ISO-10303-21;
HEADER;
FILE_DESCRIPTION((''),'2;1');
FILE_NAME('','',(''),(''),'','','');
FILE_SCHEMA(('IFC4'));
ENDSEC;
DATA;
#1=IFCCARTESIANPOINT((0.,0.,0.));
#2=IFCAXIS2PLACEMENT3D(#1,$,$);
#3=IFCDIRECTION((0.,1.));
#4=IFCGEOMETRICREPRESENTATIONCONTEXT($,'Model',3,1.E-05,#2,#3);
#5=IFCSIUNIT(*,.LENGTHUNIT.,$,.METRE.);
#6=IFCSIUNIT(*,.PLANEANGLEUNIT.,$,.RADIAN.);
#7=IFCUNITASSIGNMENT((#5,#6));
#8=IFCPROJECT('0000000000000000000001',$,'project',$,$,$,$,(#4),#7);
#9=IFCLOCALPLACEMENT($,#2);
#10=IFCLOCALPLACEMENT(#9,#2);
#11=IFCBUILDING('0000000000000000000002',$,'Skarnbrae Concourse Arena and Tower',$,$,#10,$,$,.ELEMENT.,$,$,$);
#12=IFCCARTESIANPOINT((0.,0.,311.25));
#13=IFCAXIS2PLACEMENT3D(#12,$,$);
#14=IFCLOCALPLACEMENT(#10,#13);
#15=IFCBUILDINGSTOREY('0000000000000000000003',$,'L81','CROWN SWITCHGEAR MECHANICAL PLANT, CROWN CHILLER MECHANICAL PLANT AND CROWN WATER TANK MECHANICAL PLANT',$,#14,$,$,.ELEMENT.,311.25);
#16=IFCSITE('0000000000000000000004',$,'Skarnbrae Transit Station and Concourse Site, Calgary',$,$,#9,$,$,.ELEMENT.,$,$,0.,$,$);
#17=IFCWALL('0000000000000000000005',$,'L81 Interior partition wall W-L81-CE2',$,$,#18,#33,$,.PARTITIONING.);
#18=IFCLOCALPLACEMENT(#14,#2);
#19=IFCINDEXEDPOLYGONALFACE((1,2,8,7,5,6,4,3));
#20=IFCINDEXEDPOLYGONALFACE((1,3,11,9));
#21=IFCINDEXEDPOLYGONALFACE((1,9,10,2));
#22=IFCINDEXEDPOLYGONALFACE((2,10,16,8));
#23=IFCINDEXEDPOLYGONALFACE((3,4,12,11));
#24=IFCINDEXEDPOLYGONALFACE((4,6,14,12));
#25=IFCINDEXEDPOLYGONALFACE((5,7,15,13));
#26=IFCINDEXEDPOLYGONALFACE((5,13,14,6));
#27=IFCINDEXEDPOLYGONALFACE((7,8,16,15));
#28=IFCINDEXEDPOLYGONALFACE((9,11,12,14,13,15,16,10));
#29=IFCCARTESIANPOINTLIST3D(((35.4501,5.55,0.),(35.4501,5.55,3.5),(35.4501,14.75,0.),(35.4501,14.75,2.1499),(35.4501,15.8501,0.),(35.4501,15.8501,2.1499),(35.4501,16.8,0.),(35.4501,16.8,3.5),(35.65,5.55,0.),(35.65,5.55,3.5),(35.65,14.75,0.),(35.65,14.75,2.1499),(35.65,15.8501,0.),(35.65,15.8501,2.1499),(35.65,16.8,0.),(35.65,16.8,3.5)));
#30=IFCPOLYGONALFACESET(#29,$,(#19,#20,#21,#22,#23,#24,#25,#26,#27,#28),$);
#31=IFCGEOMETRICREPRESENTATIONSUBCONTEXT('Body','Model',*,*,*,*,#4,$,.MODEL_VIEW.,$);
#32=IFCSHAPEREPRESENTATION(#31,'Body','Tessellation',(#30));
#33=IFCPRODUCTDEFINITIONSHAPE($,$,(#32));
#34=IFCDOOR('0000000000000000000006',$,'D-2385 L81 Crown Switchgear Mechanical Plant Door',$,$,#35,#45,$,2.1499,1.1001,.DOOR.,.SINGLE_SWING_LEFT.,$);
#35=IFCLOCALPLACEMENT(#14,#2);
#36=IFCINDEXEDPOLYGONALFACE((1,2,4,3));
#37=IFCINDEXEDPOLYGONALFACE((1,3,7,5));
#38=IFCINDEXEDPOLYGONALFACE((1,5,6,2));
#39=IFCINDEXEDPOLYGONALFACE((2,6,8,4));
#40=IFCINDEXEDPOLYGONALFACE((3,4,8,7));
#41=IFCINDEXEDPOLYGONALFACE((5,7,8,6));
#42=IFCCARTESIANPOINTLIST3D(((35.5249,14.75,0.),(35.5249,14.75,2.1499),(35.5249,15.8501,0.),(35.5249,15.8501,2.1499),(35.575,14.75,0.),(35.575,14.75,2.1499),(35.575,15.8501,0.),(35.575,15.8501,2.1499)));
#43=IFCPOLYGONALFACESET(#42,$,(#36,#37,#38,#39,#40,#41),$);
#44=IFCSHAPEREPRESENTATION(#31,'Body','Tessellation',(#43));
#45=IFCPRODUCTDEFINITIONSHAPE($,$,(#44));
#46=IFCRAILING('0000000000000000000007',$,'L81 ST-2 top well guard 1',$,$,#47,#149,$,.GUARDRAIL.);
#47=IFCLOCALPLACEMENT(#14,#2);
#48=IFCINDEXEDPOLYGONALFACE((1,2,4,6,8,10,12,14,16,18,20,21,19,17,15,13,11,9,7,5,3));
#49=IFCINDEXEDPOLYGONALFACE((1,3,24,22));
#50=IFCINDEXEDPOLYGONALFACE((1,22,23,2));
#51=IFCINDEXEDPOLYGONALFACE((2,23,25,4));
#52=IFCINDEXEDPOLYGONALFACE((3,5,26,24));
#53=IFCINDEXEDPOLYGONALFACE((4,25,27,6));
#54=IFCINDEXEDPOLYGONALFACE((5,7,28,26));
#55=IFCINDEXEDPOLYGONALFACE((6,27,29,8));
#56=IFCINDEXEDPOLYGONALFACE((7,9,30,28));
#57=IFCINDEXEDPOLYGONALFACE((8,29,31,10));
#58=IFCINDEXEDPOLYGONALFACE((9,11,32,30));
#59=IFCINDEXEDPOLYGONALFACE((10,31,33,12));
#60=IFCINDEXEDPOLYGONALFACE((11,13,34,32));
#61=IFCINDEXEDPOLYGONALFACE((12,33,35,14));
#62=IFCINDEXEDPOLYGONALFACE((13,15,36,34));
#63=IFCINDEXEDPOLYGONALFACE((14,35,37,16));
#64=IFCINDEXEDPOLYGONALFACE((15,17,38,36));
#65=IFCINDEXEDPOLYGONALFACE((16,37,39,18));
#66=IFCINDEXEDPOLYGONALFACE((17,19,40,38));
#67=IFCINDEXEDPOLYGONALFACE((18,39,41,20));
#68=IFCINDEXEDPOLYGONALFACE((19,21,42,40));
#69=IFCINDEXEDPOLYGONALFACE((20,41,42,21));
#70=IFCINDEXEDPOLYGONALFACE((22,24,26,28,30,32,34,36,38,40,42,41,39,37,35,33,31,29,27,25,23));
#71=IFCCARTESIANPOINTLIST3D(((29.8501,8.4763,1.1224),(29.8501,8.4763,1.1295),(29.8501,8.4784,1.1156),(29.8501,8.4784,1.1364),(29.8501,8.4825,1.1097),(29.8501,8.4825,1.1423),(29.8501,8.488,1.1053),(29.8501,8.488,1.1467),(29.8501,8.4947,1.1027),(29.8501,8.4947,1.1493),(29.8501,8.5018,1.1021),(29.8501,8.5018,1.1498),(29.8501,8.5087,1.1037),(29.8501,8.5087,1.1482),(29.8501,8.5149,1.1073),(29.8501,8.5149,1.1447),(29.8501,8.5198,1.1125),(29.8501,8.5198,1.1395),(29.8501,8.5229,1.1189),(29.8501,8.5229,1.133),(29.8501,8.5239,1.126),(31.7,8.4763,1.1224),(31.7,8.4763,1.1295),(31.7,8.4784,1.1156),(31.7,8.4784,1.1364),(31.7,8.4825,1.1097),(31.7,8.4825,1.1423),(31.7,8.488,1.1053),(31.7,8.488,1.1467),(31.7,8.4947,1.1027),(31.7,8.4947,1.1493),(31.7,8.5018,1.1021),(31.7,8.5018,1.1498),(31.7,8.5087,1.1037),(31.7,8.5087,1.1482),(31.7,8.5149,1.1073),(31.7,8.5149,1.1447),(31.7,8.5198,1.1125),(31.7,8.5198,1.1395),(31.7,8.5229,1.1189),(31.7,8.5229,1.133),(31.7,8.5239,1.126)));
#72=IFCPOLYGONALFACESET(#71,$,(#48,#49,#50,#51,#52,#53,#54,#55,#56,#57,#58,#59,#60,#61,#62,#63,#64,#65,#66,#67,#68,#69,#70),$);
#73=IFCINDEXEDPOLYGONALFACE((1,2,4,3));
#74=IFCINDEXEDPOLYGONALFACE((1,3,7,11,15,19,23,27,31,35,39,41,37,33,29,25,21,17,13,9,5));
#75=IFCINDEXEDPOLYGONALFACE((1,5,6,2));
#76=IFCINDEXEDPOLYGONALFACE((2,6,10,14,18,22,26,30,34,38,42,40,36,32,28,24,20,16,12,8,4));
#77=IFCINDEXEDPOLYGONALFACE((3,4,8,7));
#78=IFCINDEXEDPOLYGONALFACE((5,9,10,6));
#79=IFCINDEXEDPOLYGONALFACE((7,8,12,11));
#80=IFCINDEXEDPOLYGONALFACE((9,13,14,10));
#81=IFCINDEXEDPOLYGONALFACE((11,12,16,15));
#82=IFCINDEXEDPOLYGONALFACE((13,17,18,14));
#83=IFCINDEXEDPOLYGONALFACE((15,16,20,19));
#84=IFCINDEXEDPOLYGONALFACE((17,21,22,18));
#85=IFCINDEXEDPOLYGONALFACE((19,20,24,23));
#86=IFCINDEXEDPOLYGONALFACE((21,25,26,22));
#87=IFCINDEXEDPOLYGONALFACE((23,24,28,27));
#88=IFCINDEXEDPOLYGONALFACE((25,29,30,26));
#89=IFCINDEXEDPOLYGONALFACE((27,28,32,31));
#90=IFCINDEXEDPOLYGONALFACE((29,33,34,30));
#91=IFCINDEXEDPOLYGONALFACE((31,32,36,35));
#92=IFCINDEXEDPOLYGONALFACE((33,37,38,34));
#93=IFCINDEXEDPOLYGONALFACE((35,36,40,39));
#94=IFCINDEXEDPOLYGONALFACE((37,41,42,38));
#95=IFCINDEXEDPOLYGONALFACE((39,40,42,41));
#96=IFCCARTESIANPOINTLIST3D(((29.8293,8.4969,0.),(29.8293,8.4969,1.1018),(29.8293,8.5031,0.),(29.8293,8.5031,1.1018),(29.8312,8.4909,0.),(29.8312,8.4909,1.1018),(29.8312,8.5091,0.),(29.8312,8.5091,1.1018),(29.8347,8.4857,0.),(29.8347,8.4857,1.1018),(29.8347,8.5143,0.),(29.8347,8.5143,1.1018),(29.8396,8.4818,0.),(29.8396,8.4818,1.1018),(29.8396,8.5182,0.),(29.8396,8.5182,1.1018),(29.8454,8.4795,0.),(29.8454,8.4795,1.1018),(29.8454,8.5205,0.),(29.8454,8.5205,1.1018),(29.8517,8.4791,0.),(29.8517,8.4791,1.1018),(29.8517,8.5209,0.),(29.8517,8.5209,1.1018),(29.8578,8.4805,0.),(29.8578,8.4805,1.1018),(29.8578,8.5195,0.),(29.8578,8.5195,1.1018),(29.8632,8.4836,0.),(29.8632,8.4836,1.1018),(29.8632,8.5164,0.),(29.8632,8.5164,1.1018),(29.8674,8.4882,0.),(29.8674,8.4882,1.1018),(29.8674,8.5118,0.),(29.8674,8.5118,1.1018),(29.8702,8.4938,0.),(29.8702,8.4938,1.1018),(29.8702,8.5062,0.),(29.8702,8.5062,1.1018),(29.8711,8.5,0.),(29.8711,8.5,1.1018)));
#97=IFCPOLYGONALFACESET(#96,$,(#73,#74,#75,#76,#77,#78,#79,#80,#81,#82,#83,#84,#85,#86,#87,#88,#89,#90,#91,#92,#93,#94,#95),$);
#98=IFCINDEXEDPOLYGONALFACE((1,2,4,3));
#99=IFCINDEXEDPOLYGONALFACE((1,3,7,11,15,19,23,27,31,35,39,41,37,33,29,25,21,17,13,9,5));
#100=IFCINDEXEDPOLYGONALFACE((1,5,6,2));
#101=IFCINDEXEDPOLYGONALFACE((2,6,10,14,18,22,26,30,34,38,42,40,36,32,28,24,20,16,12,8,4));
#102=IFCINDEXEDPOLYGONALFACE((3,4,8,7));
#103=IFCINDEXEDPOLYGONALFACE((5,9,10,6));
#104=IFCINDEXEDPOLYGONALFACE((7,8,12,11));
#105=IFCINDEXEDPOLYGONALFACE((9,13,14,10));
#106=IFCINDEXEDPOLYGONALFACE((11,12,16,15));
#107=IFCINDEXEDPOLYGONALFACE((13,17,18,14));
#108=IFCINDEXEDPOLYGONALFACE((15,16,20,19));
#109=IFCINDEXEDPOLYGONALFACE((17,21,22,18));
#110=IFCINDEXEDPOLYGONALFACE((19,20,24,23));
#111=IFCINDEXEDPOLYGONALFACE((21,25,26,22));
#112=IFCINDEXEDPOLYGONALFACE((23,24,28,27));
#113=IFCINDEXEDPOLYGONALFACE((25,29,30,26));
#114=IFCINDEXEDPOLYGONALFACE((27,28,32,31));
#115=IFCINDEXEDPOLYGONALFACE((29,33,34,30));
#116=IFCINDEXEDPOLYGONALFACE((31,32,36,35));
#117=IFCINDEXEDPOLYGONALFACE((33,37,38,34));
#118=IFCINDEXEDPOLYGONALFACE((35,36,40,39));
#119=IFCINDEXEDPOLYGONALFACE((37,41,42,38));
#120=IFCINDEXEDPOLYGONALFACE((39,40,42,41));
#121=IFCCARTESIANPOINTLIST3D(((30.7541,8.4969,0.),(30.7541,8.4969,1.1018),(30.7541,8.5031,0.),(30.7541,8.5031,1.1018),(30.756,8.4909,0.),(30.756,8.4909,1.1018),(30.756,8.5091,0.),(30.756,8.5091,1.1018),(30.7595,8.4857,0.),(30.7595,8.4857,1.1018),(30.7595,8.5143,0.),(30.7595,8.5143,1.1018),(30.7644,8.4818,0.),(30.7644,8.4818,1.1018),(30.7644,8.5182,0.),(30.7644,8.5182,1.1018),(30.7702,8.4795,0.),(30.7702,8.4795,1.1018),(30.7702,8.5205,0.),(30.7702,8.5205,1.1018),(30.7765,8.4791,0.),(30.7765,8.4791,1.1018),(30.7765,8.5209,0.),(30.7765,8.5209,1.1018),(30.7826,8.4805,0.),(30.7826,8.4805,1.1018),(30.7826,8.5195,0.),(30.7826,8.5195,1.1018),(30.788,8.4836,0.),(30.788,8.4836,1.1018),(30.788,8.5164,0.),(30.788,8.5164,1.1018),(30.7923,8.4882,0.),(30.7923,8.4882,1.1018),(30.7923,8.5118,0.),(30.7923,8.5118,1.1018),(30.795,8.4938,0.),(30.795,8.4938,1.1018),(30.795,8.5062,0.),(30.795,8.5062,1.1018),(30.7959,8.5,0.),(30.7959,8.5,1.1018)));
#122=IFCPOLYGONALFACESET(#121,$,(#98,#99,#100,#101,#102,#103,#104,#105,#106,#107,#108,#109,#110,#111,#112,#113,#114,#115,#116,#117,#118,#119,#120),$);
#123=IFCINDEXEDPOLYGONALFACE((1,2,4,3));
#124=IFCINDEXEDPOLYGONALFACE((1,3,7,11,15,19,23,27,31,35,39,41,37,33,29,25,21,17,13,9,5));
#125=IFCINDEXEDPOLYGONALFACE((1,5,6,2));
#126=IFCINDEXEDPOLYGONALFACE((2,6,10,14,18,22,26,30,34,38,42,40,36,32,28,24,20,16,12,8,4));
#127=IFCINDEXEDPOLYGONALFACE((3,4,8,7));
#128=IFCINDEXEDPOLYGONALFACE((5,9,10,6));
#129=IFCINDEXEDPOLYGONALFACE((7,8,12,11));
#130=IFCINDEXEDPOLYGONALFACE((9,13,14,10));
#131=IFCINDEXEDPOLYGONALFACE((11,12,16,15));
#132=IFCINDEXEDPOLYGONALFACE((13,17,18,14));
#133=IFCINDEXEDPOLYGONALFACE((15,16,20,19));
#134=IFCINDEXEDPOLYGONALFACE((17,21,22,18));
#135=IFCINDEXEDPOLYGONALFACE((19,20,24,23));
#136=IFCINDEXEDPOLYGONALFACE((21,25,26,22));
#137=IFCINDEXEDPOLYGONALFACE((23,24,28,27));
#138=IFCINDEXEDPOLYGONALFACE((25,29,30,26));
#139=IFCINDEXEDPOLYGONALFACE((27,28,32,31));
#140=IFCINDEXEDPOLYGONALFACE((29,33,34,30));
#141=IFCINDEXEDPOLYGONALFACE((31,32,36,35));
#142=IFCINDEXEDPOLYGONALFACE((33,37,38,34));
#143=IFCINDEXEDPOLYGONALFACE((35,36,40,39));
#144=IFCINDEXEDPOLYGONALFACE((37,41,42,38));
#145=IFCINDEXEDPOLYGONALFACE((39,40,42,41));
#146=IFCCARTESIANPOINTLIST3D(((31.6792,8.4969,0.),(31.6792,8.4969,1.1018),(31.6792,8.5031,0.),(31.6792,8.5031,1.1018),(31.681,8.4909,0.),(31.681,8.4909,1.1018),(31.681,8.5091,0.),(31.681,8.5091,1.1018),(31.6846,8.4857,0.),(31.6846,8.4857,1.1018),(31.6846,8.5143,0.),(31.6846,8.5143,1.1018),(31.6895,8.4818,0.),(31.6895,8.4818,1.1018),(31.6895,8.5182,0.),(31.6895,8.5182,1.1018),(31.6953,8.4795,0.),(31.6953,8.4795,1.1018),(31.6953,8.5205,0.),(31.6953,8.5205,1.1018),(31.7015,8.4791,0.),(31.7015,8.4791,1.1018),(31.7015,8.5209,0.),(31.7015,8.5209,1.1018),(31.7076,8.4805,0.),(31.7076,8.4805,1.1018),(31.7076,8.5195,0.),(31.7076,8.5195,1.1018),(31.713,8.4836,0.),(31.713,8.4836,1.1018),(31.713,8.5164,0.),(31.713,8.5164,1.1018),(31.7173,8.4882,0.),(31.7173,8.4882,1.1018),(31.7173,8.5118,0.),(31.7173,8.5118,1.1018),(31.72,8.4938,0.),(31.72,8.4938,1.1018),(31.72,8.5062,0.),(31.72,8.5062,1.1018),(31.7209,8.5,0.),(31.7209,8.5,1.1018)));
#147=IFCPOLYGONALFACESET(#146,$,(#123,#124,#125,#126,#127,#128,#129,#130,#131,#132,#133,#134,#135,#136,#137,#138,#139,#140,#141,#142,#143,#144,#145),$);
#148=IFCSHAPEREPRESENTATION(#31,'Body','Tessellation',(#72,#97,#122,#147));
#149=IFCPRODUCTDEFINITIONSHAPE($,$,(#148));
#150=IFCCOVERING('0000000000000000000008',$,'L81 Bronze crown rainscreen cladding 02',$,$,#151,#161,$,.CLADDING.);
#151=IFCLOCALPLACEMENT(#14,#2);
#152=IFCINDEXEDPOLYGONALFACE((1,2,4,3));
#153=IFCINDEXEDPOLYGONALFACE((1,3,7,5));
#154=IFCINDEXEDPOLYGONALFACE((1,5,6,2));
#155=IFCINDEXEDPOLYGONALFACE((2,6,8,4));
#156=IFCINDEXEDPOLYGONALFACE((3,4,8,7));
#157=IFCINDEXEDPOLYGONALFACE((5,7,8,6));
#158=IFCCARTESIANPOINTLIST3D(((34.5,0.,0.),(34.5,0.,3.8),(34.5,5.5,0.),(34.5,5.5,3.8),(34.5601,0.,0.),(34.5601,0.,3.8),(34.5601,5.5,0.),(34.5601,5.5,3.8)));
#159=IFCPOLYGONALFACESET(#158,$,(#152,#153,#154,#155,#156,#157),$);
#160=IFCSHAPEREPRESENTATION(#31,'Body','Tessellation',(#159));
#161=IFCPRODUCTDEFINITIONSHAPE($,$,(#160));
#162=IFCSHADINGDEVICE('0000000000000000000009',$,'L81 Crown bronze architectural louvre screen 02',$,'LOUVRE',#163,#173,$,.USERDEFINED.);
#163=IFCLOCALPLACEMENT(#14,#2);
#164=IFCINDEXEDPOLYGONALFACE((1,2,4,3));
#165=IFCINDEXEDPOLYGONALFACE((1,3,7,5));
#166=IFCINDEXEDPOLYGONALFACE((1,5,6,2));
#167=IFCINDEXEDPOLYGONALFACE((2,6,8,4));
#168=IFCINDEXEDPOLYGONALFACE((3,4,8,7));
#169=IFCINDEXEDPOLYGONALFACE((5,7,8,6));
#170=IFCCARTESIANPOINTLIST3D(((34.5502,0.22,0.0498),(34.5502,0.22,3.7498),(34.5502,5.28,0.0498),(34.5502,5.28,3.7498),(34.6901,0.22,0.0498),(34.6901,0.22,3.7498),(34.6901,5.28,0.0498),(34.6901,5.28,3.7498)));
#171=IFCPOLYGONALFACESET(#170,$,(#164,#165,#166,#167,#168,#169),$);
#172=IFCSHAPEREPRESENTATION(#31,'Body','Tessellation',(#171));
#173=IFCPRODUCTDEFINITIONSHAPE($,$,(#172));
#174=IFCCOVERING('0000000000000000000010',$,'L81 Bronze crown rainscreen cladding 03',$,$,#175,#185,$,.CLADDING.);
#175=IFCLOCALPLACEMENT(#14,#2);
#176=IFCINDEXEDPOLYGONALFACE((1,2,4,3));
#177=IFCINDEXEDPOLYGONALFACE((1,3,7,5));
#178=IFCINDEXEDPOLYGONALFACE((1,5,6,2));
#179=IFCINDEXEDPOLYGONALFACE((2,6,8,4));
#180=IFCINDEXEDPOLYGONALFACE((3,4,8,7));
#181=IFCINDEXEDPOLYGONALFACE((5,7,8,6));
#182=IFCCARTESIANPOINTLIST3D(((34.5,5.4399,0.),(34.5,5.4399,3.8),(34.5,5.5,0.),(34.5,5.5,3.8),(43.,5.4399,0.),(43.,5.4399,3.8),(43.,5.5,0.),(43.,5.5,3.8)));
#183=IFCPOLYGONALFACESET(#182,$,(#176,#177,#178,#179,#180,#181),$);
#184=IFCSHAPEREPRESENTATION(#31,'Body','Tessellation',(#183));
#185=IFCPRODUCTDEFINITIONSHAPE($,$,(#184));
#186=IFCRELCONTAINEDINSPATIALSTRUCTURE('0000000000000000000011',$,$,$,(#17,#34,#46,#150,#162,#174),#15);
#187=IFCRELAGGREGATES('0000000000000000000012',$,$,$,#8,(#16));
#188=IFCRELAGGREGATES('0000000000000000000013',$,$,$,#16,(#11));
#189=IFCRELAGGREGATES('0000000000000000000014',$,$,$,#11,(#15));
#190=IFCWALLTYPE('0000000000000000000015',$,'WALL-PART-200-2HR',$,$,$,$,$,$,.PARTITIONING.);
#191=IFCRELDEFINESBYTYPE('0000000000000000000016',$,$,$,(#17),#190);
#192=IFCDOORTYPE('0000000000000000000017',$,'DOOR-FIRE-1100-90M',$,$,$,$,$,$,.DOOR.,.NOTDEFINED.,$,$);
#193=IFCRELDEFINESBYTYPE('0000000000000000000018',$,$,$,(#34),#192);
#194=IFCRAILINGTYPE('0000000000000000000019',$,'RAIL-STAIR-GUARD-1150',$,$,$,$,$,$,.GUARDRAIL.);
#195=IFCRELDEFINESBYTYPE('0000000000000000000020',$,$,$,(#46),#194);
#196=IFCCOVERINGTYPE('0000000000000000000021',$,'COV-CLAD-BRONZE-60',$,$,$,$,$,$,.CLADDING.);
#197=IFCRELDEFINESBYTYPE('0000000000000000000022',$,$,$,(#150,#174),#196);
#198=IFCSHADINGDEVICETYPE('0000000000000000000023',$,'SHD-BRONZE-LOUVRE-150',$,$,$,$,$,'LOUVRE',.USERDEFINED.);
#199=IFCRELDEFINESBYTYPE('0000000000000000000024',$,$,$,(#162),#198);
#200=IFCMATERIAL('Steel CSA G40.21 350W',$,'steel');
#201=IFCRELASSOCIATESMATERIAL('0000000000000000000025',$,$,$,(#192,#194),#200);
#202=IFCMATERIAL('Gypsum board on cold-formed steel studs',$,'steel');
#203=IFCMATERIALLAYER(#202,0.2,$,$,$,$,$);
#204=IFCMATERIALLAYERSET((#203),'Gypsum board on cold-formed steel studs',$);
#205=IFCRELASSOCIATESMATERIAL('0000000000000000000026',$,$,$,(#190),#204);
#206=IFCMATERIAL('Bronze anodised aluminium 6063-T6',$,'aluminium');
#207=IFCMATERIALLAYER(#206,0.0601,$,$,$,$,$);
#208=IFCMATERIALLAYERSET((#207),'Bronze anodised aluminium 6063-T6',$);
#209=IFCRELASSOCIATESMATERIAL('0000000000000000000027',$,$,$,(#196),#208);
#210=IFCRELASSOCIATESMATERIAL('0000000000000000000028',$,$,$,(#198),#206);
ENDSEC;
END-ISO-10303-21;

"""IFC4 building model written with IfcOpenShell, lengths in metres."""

from ifc_helpers import new_model, si_unit, direction, frame, frame_2d, origin, origin_2d, place, context, subcontext, project, spatial, rectangle, circle, extrude, source, transform, mapped, material, layer, layer_set, type_object, element, fill, save


model = new_model("IFC4")

# Units and contexts
model_context = context("Model", 3, precision=1e-05, world=origin(), true_north=direction((0.0, 1.0)))
body_context = subcontext(model_context, "Body", "Model", "MODEL_VIEW")
ifc_project = project(units=[si_unit("LENGTHUNIT", "METRE"), si_unit("PLANEANGLEUNIT", "RADIAN")], contexts=[model_context])

# Site, building, storey
site_placement = place(None, origin())
site = spatial("IfcSite", under=ifc_project, at=site_placement, Name="Skarnbrae Transit Station and Concourse Site, Calgary", CompositionType="ELEMENT", RefElevation=0.0)
building_placement = place(site_placement, origin())
building = spatial("IfcBuilding", under=site, at=building_placement, Name="Skarnbrae Concourse Arena and Tower", CompositionType="ELEMENT")
storey_placement = place(building_placement, frame((0.0, 0.0, 311.25)))
storey = spatial("IfcBuildingStorey", under=building, at=storey_placement, Name="L81", Description="CROWN SWITCHGEAR MECHANICAL PLANT, CROWN CHILLER MECHANICAL PLANT AND CROWN WATER TANK MECHANICAL PLANT", CompositionType="ELEMENT", Elevation=311.25)

# Shared definitions
ifc_material_1 = material(Name="Steel CSA G40.21 350W", Category="steel")

# Shared definitions
door_type = type_object("IfcDoorType", Name="DOOR-FIRE-1100-90M", OperationType="NOTDEFINED", PredefinedType="DOOR", material=ifc_material_1)
shared_shape_1 = source(origin(), body_context, "Body", "SweptSolid", [
    extrude(rectangle(XDim=1.1001, YDim=2.1499, at=frame_2d((0.55, 1.075))), frame((0.0, 0.0249, 0.0), z_axis=(0.0, -1.0, 0.0), x_axis=(1.0, 0.0, 0.0)), (0.0, 0.0, 1.0), 0.05),
])

# Shared definitions
ifc_material_2 = material(Name="Gypsum board on cold-formed steel studs", Category="steel")
ifc_layer_1 = layer(ifc_material_2, 0.2)
ifc_layer_set_1 = layer_set([ifc_layer_1], Name="Gypsum board on cold-formed steel studs")
wall_type_1 = type_object("IfcWallType", Name="WALL-PART-200-2HR", PredefinedType="PARTITIONING", material=ifc_layer_set_1)

# Wall, opening, door
shared_shape_2 = source(origin(), body_context, "Body", "SweptSolid", [
    extrude(rectangle(XDim=11.25, YDim=0.2, at=frame_2d((5.625, 0.0))), origin(), (0.0, 0.0, 1.0), 3.5),
])
wall_1_placement = place(storey_placement, frame((35.55, 5.55, 0.0), z_axis=(0.0, 0.0, 1.0), x_axis=(0.0, 1.0, 0.0)))
wall_1 = element("IfcWall", 1, at=wall_1_placement, inside=storey, type_object=wall_type_1, Name="L81 Interior partition wall W-L81-CE2", PredefinedType="PARTITIONING", context=body_context, shape_type="MappedRepresentation", body=[
    mapped(shared_shape_2, transform((0.0, 0.0, 0.0))),
])
opening_1_placement = place(wall_1_placement, frame((9.2, 0.0, 0.0)))
opening_1 = element("IfcOpeningElement", 2, at=opening_1_placement, cuts=wall_1, PredefinedType="OPENING", context=body_context, shape_type="SweptSolid", body=[
    extrude(rectangle(XDim=1.1001, YDim=2.1499, at=frame_2d((0.55, 1.075))), frame((0.0, 0.1099, 0.0), z_axis=(0.0, -1.0, 0.0), x_axis=(1.0, 0.0, 0.0)), (0.0, 0.0, 1.0), 0.22),
])
door_1_placement = place(opening_1_placement, frame((1.1001, 0.0, 0.0), z_axis=(0.0, 0.0, 1.0), x_axis=(-1.0, 0.0, 0.0)))
door_1 = element("IfcDoor", 3, at=door_1_placement, inside=storey, type_object=door_type, Name="D-2385 L81 Crown Switchgear Mechanical Plant Door", OperationType="SINGLE_SWING_LEFT", OverallHeight=2.1499, OverallWidth=1.1001, PredefinedType="DOOR", context=body_context, shape_type="MappedRepresentation", body=[
    mapped(shared_shape_1, transform((0.0, 0.0, 0.0))),
])
fill(opening_1, door_1)

# Railing
railing_type = type_object("IfcRailingType", Name="RAIL-STAIR-GUARD-1150", PredefinedType="GUARDRAIL", material=ifc_material_1)
railing_placement = place(storey_placement, frame((29.8501, 8.5, 0.0)))
element("IfcRailing", 4, at=railing_placement, inside=storey, type_object=railing_type, Name="L81 ST-2 top well guard 1", PredefinedType="GUARDRAIL", context=body_context, shape_type="SweptSolid", body=[
    extrude(circle(Radius=0.0239, at=origin_2d()), frame((0.0, 0.0, 1.126), z_axis=(1.0, 0.0, 0.0), x_axis=(0.0, 1.0, 0.0)), (0.0, 0.0, 1.0), 1.8499),
    extrude(circle(Radius=0.021, at=origin_2d()), origin(), (0.0, 0.0, 1.0), 1.1018),
    extrude(circle(Radius=0.021, at=origin_2d()), frame((0.9248, 0.0, 0.0)), (0.0, 0.0, 1.0), 1.1018),
    extrude(circle(Radius=0.021, at=origin_2d()), frame((1.8499, 0.0, 0.0)), (0.0, 0.0, 1.0), 1.1018),
])

# Covering
ifc_material_3 = material(Name="Bronze anodised aluminium 6063-T6", Category="aluminium")
ifc_layer_2 = layer(ifc_material_3, 0.0601)
ifc_layer_set_2 = layer_set([ifc_layer_2], Name="Bronze anodised aluminium 6063-T6")
covering_type = type_object("IfcCoveringType", Name="COV-CLAD-BRONZE-60", PredefinedType="CLADDING", material=ifc_layer_set_2)
shared_shape_3 = source(origin(), body_context, "Body", "SweptSolid", [
    extrude(rectangle(XDim=5.5, YDim=0.0601, at=origin_2d()), origin(), (0.0, 0.0, 1.0), 3.8),
])
covering_1_placement = place(storey_placement, frame((34.53, 2.75, 0.0), z_axis=(0.0, 0.0, 1.0), x_axis=(0.0, 1.0, 0.0)))
element("IfcCovering", 5, at=covering_1_placement, inside=storey, type_object=covering_type, Name="L81 Bronze crown rainscreen cladding 02", PredefinedType="CLADDING", context=body_context, shape_type="MappedRepresentation", body=[
    mapped(shared_shape_3, transform((0.0, 0.0, 0.0))),
])

# Shading device
shading_device_type = type_object("IfcShadingDeviceType", Name="SHD-BRONZE-LOUVRE-150", ElementType="LOUVRE", PredefinedType="USERDEFINED", material=ifc_material_3)
shared_shape_4 = source(origin(), body_context, "Body", "SweptSolid", [
    extrude(rectangle(XDim=5.0601, YDim=0.1399, at=origin_2d()), origin(), (0.0, 0.0, 1.0), 3.7),
])
shading_device_1_placement = place(storey_placement, frame((34.6201, 2.75, 0.0498), z_axis=(0.0, 0.0, 1.0), x_axis=(0.0, 1.0, 0.0)))
element("IfcShadingDevice", 6, at=shading_device_1_placement, inside=storey, type_object=shading_device_type, Name="L81 Crown bronze architectural louvre screen 02", ObjectType="LOUVRE", PredefinedType="USERDEFINED", context=body_context, shape_type="MappedRepresentation", body=[
    mapped(shared_shape_4, transform((0.0, 0.0, 0.0))),
])

# Covering
shared_shape_5 = source(origin(), body_context, "Body", "SweptSolid", [
    extrude(rectangle(XDim=8.5, YDim=0.0601, at=origin_2d()), origin(), (0.0, 0.0, 1.0), 3.8),
])
covering_2_placement = place(storey_placement, frame((38.75, 5.47, 0.0), z_axis=(0.0, 0.0, 1.0), x_axis=(1.0, 0.0, 0.0)))
element("IfcCovering", 7, at=covering_2_placement, inside=storey, type_object=covering_type, Name="L81 Bronze crown rainscreen cladding 03", PredefinedType="CLADDING", context=body_context, shape_type="MappedRepresentation", body=[
    mapped(shared_shape_5, transform((0.0, 0.0, 0.0))),
])

save(model, "model.ifc")
